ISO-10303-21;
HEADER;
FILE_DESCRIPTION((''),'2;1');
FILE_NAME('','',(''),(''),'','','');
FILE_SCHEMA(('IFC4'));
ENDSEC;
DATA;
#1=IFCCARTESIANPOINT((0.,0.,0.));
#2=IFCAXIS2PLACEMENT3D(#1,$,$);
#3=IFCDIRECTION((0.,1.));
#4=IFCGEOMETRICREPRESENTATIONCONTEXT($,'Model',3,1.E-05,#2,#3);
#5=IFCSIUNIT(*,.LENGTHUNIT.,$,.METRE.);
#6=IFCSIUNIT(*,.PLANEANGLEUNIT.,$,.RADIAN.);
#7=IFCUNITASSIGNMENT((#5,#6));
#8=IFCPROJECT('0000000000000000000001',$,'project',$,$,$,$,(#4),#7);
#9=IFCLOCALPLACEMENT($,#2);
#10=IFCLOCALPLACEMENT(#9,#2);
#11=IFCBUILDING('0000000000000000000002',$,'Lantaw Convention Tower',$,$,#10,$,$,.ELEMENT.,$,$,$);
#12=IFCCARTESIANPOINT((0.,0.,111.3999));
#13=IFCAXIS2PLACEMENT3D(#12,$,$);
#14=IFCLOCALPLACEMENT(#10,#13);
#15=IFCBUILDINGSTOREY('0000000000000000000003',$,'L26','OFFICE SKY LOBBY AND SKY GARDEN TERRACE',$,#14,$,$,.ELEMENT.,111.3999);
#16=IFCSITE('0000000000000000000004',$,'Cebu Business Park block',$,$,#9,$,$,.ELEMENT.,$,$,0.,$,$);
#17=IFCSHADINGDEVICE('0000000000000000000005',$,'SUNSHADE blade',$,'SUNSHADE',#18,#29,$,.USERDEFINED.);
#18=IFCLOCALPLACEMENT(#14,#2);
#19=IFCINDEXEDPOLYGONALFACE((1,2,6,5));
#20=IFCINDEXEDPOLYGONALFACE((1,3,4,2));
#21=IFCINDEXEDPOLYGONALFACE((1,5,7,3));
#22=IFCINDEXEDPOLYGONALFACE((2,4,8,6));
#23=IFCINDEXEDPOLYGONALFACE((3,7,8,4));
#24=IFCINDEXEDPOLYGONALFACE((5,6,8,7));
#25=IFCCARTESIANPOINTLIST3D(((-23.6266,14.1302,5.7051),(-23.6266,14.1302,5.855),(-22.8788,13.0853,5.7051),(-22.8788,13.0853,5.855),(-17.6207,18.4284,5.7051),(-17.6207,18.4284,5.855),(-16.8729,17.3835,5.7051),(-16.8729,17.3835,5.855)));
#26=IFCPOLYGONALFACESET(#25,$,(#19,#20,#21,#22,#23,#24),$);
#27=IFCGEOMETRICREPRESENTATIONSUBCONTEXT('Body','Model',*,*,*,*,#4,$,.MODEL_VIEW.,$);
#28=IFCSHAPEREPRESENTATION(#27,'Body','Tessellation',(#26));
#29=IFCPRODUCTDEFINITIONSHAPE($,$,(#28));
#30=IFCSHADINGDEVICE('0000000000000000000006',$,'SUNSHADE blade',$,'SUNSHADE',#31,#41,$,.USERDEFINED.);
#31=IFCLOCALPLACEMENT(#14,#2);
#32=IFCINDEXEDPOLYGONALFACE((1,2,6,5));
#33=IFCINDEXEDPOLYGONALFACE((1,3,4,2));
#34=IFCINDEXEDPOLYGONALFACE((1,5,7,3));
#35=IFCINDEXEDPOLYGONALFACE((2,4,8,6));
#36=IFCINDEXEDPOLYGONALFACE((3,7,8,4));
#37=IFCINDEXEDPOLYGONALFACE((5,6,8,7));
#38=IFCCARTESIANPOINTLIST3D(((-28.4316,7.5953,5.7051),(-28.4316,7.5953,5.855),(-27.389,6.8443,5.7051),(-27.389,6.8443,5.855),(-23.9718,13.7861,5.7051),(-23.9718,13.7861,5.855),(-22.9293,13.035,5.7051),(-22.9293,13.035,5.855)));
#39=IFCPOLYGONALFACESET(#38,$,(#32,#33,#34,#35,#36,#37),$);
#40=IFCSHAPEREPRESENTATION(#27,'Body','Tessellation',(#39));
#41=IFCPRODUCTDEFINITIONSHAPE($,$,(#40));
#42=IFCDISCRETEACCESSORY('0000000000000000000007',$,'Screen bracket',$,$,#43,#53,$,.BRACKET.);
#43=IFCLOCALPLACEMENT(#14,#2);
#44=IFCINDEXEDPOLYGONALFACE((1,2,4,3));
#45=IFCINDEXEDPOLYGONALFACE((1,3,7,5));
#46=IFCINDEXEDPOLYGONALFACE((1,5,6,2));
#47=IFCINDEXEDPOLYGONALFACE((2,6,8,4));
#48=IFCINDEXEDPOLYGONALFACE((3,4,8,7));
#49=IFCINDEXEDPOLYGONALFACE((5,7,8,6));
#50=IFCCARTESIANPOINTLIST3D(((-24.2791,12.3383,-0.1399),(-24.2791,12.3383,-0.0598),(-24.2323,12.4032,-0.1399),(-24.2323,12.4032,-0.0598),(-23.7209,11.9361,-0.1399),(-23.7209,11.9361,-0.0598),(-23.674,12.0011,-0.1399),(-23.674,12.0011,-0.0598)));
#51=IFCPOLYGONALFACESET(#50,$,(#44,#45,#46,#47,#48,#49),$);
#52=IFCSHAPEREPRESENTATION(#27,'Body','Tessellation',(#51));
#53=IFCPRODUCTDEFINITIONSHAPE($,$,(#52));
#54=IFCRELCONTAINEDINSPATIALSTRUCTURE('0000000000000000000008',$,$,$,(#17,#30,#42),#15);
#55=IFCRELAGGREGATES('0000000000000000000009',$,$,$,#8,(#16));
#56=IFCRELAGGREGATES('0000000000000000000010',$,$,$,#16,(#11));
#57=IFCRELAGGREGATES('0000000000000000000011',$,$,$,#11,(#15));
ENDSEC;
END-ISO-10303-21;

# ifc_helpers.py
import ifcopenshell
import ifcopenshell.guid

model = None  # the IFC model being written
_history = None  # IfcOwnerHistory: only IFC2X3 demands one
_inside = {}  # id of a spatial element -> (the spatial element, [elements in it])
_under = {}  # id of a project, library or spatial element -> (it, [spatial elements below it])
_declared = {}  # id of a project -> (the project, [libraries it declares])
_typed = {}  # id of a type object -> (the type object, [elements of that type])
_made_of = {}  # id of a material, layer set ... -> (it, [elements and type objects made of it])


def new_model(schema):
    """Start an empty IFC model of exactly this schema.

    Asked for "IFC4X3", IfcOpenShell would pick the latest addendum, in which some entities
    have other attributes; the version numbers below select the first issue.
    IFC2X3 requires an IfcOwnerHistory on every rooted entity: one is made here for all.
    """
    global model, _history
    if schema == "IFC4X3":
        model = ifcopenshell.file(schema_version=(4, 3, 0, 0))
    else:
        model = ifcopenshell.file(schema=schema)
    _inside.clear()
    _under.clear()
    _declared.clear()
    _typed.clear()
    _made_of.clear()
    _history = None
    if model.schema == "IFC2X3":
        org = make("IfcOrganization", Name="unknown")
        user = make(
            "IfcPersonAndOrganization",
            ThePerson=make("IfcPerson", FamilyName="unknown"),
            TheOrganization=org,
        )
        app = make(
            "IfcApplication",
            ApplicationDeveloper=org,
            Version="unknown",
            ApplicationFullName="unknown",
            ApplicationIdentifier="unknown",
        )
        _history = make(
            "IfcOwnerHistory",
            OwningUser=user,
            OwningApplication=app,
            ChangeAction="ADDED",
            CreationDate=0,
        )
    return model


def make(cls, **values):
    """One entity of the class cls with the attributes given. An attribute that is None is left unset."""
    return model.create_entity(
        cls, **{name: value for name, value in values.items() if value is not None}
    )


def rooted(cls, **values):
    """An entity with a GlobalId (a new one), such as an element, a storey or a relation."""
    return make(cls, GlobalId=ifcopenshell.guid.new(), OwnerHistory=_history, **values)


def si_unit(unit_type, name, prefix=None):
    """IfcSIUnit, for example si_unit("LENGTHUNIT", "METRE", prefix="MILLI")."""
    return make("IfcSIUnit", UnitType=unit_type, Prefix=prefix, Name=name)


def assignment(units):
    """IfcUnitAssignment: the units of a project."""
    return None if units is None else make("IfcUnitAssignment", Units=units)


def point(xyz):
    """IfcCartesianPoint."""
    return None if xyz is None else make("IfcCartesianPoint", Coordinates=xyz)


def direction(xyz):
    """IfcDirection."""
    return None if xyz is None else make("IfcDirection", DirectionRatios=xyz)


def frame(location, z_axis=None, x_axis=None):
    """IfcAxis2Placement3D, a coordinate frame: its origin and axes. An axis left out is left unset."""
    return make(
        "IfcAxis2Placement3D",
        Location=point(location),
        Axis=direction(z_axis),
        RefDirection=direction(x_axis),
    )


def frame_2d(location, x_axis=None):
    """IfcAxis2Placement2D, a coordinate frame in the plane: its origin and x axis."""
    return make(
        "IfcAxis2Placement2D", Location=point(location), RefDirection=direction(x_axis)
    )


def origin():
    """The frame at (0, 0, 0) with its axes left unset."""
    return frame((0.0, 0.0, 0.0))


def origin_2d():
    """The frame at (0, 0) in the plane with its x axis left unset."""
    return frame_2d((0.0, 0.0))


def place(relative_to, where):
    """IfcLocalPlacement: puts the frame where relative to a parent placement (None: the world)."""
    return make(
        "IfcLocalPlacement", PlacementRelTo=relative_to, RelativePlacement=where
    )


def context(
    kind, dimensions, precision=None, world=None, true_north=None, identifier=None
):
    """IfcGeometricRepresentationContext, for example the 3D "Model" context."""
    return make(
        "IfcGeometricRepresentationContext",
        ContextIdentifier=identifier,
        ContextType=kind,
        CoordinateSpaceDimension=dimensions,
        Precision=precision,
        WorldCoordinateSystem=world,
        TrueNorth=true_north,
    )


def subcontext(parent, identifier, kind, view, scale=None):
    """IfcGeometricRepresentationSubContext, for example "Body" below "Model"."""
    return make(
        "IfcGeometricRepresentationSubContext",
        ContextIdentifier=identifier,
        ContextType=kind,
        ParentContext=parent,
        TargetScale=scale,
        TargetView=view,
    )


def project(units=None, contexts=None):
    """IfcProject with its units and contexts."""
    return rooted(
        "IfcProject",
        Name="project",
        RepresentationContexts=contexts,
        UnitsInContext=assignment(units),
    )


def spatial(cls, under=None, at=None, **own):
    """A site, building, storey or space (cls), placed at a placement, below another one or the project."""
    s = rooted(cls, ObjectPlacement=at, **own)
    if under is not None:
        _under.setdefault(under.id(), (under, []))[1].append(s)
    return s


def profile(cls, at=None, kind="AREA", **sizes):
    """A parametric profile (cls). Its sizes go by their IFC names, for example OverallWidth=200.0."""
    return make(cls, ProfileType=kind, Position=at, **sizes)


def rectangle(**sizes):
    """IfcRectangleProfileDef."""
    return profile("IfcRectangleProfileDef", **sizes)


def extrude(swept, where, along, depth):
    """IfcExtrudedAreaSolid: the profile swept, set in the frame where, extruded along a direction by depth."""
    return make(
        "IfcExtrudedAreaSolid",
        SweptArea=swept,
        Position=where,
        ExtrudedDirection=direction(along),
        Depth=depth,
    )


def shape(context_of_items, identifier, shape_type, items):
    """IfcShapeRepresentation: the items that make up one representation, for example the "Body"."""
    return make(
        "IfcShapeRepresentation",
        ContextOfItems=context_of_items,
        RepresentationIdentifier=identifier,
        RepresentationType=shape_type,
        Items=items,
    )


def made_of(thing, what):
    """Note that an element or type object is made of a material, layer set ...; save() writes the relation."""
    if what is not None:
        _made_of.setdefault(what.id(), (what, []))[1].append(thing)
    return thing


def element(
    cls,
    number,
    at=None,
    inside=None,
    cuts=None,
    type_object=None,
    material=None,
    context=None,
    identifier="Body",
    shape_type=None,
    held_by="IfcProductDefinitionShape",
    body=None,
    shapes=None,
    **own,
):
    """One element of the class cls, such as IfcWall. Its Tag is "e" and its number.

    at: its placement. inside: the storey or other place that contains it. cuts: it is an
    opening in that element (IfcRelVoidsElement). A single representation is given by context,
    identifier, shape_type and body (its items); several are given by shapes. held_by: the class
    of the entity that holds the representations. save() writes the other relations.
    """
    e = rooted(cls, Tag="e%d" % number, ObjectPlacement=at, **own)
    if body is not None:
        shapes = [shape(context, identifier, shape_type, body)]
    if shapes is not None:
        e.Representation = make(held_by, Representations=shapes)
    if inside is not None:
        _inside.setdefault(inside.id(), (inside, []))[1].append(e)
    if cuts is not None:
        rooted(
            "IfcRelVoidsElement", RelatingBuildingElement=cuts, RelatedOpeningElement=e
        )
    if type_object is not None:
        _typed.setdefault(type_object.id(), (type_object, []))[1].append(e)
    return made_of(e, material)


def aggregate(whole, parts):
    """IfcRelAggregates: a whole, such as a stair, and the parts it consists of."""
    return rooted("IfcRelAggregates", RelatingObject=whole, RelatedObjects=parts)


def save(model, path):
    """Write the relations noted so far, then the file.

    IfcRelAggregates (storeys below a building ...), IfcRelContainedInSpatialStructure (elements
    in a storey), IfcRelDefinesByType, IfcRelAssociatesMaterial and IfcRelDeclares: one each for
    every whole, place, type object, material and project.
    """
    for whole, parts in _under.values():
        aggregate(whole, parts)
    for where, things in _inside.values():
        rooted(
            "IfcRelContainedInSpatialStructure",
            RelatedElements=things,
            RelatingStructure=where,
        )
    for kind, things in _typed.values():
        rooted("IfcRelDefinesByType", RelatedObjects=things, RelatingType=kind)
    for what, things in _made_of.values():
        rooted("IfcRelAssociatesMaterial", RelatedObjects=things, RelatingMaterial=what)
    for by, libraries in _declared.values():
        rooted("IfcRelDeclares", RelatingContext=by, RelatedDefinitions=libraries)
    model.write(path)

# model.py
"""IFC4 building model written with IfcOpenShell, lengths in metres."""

from ifc_helpers import new_model, si_unit, direction, frame, origin, origin_2d, place, context, subcontext, project, spatial, rectangle, extrude, element, save


model = new_model("IFC4")

# Units and contexts
model_context = context("Model", 3, precision=1e-05, world=origin(), true_north=direction((0.0, 1.0)))
body_context = subcontext(model_context, "Body", "Model", "MODEL_VIEW")
ifc_project = project(units=[si_unit("LENGTHUNIT", "METRE"), si_unit("PLANEANGLEUNIT", "RADIAN")], contexts=[model_context])

# Site, building, storey
site_placement = place(None, origin())
site = spatial("IfcSite", under=ifc_project, at=site_placement, Name="Cebu Business Park block", CompositionType="ELEMENT", RefElevation=0.0)
building_placement = place(site_placement, origin())
building = spatial("IfcBuilding", under=site, at=building_placement, Name="Lantaw Convention Tower", CompositionType="ELEMENT")
storey_placement = place(building_placement, frame((0.0, 0.0, 111.3999)))
storey = spatial("IfcBuildingStorey", under=building, at=storey_placement, Name="L26", Description="OFFICE SKY LOBBY AND SKY GARDEN TERRACE", CompositionType="ELEMENT", Elevation=111.3999)

# Shading devices
shading_device_1_placement = place(storey_placement, frame((-20.2498, 15.7568, 5.7051), z_axis=(0.0, 0.0, 1.0), x_axis=(-0.813208, -0.581973, 0.0)))
element("IfcShadingDevice", 1, at=shading_device_1_placement, inside=storey, Name="SUNSHADE blade", ObjectType="SUNSHADE", PredefinedType="USERDEFINED", context=body_context, shape_type="SweptSolid", body=[
    extrude(rectangle(XDim=7.3855, YDim=1.2849, at=origin_2d()), origin(), (0.0, 0.0, 1.0), 0.1499),
])
shading_device_2_placement = place(storey_placement, frame((-25.6804, 10.3152, 5.7051), z_axis=(0.0, 0.0, 1.0), x_axis=(-0.584513, -0.811385, 0.0)))
element("IfcShadingDevice", 2, at=shading_device_2_placement, inside=storey, Name="SUNSHADE blade", ObjectType="SUNSHADE", PredefinedType="USERDEFINED", context=body_context, shape_type="SweptSolid", body=[
    extrude(rectangle(XDim=7.6299, YDim=1.2849, at=origin_2d()), origin(), (0.0, 0.0, 1.0), 0.1499),
])

# Discrete accessory
discrete_accessory_placement = place(storey_placement, frame((-23.9766, 12.1697, -0.1399), z_axis=(0.0, 0.0, 1.0), x_axis=(-0.584513, -0.811385, 0.0)))
element("IfcDiscreteAccessory", 3, at=discrete_accessory_placement, inside=storey, Name="Screen bracket", PredefinedType="BRACKET", context=body_context, shape_type="SweptSolid", body=[
    extrude(rectangle(XDim=0.0801, YDim=0.688, at=origin_2d()), origin(), (0.0, 0.0, 1.0), 0.0801),
])

save(model, "model.ifc")
